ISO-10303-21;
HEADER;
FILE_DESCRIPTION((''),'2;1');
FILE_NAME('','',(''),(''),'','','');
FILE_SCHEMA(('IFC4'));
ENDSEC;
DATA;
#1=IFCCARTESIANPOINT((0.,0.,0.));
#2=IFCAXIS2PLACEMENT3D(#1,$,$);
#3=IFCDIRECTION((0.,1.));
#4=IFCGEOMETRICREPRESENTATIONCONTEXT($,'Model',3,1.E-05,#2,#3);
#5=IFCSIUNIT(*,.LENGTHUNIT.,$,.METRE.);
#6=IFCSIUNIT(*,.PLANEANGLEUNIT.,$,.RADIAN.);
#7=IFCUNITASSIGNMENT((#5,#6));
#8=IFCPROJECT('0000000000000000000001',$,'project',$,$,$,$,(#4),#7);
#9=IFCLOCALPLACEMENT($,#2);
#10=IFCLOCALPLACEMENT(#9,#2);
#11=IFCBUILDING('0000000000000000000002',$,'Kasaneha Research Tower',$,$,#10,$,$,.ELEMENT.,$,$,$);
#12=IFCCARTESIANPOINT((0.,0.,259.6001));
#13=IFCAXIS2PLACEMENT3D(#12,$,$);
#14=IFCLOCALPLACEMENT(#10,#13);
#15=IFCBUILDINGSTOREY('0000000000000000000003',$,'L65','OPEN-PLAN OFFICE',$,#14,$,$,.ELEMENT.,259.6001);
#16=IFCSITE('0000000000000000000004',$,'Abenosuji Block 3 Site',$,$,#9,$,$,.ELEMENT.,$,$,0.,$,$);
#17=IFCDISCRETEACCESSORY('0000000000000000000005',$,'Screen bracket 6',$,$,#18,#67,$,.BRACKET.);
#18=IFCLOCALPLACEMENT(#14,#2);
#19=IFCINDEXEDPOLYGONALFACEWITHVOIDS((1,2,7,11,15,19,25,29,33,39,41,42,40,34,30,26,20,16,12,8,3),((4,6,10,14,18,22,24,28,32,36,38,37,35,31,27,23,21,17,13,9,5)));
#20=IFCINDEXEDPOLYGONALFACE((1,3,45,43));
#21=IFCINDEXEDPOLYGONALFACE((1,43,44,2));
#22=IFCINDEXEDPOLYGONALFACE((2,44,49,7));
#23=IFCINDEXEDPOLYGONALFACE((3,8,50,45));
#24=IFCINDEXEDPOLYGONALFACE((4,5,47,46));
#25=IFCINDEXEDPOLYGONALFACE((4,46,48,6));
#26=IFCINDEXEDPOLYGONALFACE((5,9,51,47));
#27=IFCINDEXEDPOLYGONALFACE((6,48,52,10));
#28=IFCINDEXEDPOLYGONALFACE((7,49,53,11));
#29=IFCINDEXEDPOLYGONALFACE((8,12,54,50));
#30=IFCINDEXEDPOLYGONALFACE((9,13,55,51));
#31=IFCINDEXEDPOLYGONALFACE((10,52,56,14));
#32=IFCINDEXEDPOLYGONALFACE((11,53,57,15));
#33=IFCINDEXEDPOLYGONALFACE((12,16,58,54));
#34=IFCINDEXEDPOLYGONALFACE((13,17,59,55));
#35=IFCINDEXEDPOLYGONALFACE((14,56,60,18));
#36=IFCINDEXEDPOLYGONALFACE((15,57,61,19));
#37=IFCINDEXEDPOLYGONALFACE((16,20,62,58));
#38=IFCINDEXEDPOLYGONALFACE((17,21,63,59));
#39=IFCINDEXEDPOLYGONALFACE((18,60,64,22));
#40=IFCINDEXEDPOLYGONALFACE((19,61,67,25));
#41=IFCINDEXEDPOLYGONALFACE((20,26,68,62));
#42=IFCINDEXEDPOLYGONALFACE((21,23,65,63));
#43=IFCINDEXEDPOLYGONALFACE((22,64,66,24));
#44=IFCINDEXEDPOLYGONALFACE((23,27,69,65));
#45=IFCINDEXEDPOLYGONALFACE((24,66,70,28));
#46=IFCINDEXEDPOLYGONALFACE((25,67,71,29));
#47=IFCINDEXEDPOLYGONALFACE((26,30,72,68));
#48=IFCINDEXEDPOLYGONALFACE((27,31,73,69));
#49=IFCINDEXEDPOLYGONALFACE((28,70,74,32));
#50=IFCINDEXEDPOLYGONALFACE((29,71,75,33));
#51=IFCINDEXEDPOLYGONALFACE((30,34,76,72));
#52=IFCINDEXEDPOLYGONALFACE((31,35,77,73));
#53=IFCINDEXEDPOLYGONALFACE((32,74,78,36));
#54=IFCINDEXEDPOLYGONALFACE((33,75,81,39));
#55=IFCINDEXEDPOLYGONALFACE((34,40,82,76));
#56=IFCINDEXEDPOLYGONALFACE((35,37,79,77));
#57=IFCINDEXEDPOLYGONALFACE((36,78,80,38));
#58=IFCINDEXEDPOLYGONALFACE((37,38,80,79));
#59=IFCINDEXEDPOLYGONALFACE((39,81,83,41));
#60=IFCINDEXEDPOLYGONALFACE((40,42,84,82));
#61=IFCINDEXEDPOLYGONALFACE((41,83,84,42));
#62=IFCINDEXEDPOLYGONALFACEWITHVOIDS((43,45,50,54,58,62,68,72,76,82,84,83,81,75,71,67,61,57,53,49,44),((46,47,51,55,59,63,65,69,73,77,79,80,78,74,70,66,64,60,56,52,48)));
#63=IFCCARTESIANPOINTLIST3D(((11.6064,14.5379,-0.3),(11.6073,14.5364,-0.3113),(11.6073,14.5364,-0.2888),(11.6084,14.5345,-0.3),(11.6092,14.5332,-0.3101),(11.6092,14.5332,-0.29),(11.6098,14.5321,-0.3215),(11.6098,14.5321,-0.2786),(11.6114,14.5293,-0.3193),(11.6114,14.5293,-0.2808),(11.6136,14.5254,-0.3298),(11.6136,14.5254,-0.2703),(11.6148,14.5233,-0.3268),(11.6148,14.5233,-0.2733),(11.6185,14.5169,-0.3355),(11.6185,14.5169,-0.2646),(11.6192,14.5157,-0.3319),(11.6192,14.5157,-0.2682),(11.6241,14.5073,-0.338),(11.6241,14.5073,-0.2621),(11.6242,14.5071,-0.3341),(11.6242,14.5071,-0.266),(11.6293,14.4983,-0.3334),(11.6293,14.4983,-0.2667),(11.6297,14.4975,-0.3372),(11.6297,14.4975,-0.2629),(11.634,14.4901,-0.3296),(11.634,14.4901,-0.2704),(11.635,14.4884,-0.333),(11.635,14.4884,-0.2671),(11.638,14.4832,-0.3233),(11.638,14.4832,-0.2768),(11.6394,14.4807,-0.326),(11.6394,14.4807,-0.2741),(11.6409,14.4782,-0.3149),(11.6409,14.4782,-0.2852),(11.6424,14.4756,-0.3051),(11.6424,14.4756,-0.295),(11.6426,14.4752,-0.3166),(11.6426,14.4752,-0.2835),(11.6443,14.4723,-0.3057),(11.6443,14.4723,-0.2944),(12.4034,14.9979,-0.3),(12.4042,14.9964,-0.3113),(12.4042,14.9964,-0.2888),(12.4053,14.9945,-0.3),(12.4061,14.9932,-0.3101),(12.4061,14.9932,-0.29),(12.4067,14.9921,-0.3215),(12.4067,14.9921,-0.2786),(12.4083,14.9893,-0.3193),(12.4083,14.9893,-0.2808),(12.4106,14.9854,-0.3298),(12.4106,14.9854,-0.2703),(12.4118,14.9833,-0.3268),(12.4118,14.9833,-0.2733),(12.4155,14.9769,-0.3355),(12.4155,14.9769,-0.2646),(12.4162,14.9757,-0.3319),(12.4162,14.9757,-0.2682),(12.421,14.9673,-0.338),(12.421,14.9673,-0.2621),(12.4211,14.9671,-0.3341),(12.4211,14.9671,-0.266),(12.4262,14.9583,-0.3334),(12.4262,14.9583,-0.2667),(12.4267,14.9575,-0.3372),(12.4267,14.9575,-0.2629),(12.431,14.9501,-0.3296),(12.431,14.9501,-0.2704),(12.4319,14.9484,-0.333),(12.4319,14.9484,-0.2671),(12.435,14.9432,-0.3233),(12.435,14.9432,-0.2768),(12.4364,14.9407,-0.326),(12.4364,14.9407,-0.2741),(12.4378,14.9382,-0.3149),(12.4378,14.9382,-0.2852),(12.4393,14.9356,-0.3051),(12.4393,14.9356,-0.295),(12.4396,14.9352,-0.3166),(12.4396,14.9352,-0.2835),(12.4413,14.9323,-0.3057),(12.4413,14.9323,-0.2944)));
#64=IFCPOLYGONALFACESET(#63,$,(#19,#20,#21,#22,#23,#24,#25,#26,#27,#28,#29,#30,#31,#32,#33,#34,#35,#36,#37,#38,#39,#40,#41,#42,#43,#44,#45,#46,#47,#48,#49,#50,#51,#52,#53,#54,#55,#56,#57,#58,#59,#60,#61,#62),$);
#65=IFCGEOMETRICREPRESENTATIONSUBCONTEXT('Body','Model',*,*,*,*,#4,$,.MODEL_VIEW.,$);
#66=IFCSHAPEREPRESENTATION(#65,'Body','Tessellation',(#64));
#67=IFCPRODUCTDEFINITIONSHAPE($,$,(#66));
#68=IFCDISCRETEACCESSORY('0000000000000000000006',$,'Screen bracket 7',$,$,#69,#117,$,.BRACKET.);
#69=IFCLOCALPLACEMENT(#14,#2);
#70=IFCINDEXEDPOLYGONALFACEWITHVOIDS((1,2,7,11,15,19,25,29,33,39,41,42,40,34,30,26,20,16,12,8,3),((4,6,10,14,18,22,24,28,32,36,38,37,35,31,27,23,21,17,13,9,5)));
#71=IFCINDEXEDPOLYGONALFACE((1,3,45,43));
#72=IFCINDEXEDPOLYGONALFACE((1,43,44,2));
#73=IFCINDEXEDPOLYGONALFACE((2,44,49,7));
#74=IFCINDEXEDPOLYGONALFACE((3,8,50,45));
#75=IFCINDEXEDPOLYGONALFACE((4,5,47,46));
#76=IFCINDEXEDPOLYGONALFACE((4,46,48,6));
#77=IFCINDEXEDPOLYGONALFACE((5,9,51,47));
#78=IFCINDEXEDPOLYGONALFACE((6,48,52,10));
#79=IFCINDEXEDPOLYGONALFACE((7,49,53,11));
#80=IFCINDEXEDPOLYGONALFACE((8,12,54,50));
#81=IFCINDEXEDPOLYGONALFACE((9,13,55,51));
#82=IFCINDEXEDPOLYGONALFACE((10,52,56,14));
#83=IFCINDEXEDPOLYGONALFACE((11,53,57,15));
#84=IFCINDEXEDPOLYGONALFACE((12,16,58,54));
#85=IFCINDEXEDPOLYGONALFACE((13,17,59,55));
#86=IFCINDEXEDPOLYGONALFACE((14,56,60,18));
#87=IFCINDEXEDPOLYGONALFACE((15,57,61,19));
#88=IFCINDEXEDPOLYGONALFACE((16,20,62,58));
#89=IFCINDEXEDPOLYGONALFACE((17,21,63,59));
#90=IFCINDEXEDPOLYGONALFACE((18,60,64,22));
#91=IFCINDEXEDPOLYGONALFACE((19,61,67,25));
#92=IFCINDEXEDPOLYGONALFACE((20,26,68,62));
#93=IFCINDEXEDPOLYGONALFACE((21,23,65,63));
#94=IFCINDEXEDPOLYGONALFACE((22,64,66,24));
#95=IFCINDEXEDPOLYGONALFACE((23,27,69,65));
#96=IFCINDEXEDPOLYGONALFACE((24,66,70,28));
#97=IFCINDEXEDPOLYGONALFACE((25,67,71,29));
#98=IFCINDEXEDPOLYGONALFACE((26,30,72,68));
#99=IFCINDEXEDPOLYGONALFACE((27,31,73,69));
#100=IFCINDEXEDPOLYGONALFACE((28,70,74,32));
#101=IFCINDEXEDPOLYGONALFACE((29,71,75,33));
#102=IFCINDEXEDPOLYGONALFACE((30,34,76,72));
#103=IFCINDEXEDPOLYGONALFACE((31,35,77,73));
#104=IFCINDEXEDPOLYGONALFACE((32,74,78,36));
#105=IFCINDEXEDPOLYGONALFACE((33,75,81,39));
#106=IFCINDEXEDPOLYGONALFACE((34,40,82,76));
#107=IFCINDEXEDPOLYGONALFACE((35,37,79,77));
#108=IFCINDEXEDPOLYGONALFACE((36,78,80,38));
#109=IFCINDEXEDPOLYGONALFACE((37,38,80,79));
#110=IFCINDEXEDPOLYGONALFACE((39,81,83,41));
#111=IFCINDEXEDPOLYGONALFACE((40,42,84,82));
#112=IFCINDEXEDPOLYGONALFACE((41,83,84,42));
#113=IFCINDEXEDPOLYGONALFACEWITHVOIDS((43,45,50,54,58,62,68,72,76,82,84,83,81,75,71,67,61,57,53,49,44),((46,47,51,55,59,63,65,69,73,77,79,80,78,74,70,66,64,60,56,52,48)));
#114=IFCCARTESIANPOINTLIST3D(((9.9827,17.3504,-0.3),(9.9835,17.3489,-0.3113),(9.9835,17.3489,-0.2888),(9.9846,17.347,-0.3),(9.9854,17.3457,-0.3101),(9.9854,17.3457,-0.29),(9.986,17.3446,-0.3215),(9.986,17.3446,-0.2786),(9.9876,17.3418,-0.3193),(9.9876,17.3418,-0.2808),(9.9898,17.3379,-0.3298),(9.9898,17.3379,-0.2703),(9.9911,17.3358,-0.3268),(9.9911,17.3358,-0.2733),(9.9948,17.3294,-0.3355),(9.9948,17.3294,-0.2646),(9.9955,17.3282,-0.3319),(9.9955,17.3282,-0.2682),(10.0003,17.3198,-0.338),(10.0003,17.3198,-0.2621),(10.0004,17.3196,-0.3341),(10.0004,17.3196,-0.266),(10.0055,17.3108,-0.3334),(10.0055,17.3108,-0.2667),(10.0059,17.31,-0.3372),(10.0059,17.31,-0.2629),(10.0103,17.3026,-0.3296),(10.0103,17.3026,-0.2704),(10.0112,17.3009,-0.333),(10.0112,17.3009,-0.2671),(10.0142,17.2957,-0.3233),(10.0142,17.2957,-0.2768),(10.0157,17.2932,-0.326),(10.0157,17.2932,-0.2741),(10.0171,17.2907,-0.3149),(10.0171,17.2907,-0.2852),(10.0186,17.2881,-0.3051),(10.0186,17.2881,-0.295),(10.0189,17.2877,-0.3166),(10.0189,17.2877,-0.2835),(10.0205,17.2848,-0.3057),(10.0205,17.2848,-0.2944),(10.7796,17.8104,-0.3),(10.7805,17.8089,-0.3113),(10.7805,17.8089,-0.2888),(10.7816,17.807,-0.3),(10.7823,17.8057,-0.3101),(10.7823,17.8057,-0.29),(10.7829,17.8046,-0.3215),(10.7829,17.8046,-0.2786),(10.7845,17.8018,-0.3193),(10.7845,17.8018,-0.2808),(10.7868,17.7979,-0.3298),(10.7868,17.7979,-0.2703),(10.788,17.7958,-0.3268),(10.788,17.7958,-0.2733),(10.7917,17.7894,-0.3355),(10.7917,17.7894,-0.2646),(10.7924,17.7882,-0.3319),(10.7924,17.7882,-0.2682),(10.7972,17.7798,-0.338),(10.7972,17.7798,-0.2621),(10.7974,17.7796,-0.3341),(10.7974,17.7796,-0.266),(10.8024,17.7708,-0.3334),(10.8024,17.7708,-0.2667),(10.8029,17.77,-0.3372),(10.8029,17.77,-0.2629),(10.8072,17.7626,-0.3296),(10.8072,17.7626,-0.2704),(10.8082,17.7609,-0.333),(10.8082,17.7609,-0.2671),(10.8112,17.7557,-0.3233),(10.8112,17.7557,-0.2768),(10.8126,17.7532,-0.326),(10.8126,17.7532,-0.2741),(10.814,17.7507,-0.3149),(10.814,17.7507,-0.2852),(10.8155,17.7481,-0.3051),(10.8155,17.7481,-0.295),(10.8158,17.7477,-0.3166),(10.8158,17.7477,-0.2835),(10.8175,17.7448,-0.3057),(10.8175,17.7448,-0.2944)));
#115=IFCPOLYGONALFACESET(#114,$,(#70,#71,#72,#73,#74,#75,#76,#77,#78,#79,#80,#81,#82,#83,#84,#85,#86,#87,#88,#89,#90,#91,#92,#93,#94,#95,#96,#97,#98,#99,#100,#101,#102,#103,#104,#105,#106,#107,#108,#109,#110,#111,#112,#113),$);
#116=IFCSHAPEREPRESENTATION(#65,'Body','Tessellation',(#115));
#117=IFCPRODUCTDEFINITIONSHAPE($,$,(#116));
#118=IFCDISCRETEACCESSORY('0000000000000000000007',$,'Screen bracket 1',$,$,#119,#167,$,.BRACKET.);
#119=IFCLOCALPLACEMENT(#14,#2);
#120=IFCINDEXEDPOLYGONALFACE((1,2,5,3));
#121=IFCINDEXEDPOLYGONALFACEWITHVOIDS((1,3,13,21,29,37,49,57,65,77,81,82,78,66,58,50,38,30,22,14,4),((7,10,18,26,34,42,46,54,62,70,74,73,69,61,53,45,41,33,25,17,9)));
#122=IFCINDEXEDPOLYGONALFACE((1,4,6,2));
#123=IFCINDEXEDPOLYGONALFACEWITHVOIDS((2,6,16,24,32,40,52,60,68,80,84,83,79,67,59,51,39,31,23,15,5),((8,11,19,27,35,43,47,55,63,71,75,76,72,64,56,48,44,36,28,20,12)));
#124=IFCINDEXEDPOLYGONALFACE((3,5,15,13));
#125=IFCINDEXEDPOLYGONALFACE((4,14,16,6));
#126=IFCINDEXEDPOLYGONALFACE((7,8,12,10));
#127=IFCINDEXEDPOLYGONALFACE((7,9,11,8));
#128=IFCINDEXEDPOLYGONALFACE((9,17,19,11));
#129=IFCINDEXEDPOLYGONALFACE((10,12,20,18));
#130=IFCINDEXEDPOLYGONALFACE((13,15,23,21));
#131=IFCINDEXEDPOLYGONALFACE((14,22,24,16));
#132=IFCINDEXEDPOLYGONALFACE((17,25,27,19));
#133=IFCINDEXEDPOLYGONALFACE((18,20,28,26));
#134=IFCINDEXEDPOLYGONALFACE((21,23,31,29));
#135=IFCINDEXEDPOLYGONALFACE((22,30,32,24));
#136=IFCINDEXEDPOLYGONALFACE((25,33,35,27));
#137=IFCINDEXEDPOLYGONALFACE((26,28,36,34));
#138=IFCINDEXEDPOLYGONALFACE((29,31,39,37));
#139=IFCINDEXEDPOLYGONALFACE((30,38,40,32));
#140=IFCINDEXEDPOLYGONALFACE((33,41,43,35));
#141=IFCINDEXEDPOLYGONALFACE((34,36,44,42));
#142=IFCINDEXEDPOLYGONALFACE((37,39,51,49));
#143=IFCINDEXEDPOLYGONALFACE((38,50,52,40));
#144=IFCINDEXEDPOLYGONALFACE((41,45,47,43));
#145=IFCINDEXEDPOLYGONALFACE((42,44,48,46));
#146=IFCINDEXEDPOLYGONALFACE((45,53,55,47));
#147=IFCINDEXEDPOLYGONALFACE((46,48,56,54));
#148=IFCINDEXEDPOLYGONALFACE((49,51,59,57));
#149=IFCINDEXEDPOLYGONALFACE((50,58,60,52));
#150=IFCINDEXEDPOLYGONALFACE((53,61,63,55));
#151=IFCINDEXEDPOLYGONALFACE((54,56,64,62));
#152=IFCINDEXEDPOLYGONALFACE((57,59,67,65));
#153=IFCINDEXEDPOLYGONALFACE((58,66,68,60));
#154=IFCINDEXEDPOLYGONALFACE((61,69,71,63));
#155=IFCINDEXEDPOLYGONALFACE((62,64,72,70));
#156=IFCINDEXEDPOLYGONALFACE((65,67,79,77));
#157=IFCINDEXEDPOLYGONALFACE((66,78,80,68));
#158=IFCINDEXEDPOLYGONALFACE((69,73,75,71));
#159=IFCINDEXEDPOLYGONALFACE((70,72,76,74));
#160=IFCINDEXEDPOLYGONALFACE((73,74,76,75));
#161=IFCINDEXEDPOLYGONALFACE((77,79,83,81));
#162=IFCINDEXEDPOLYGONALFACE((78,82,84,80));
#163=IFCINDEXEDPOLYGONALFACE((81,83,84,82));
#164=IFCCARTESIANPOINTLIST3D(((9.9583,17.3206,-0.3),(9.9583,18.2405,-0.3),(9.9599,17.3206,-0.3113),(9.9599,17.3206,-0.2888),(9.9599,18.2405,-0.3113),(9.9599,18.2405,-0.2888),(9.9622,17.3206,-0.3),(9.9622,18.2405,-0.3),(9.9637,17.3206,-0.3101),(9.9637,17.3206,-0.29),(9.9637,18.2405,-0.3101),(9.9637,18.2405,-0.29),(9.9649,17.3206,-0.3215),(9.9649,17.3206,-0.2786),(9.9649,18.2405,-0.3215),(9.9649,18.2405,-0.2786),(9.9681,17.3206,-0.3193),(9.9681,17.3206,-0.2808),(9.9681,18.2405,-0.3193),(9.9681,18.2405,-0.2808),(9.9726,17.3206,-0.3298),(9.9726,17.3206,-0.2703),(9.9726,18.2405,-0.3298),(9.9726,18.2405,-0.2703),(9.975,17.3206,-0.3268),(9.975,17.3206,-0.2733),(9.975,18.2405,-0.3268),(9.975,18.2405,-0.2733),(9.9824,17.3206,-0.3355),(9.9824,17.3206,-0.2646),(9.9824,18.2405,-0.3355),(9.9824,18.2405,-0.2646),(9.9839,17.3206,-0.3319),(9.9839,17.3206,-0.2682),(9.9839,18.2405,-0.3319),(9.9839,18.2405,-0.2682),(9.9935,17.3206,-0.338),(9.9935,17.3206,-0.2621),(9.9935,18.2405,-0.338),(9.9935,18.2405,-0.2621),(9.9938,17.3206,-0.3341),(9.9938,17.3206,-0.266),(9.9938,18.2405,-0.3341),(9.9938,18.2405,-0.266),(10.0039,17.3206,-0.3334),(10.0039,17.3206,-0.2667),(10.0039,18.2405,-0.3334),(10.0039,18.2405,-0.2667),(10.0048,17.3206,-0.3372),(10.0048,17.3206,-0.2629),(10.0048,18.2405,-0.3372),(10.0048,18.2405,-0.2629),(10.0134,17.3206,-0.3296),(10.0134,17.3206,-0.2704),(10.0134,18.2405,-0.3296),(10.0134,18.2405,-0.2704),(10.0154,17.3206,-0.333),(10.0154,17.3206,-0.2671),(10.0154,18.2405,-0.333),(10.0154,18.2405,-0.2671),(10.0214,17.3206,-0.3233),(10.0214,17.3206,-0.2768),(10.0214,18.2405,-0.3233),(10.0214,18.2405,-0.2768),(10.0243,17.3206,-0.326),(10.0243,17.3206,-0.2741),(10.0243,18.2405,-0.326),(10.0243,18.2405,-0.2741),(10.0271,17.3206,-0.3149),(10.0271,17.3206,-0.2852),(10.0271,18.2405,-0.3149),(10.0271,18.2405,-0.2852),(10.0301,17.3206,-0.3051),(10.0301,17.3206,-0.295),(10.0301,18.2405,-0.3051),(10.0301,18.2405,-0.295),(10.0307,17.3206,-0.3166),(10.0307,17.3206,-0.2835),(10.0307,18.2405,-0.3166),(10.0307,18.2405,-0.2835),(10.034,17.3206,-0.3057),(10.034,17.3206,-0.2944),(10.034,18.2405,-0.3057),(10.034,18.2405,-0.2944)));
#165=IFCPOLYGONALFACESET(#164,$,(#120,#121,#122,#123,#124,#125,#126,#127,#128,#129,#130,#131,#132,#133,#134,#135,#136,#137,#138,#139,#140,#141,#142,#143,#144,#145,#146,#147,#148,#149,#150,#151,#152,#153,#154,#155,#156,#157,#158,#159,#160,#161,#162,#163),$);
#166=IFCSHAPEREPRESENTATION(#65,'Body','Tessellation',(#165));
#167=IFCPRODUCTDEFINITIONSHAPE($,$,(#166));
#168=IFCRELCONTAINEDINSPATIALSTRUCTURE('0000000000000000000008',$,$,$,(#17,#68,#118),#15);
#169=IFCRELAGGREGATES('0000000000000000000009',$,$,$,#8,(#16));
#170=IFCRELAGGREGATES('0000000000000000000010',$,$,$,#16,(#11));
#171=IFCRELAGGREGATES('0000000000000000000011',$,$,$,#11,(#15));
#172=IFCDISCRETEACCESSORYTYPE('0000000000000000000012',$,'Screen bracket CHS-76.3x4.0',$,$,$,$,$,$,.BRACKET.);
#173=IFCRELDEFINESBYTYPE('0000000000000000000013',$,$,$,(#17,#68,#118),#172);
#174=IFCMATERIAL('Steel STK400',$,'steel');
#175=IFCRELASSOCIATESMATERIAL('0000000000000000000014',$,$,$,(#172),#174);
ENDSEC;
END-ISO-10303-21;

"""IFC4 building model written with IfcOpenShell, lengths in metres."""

from ifc_helpers import new_model, si_unit, direction, frame, origin, origin_2d, place, context, subcontext, project, spatial, hollow_circle, extrude, material, material_profile, profile_set, type_object, element, save


model = new_model("IFC4")

# Units and contexts
model_context = context("Model", 3, precision=1e-05, world=origin(), true_north=direction((0.0, 1.0)))
body_context = subcontext(model_context, "Body", "Model", "MODEL_VIEW")
ifc_project = project(units=[si_unit("LENGTHUNIT", "METRE"), si_unit("PLANEANGLEUNIT", "RADIAN")], contexts=[model_context])

# Site, building, storey
site_placement = place(None, origin())
site = spatial("IfcSite", under=ifc_project, at=site_placement, Name="Abenosuji Block 3 Site", CompositionType="ELEMENT", RefElevation=0.0)
building_placement = place(site_placement, origin())
building = spatial("IfcBuilding", under=site, at=building_placement, Name="Kasaneha Research Tower", CompositionType="ELEMENT")
storey_placement = place(building_placement, frame((0.0, 0.0, 259.6001)))
storey = spatial("IfcBuildingStorey", under=building, at=storey_placement, Name="L65", Description="OPEN-PLAN OFFICE", CompositionType="ELEMENT", Elevation=259.6001)

# Discrete accessories
ifc_material_1 = material(Name="Steel STK400", Category="steel")
ifc_material_profile_1 = material_profile(ifc_material_1, hollow_circle(Radius=0.0381, WallThickness=0.0039, at=origin_2d()), Name="CHS-76.3x4.0")
ifc_profile_set_1 = profile_set([ifc_material_profile_1], Name="Steel STK400")
discrete_accessory_type = type_object("IfcDiscreteAccessoryType", Name="Screen bracket CHS-76.3x4.0", PredefinedType="BRACKET", material=ifc_profile_set_1)
for number, where, z_axis, x_axis, name in (
    (1, (11.6255, 14.5049, -0.3), (0.86608, 0.499906, 0.0), (-0.499906, 0.86608, 0.0), "Screen bracket 6"),
    (2, (10.0017, 17.3174, -0.3), (0.86608, 0.499906, 0.0), (-0.499906, 0.86608, 0.0), "Screen bracket 7"),
):
    element("IfcDiscreteAccessory", number, at=place(storey_placement, frame(where, z_axis=z_axis, x_axis=x_axis)), inside=storey, type_object=discrete_accessory_type, Name=name, PredefinedType="BRACKET", context=body_context, shape_type="SweptSolid", body=[
        extrude(hollow_circle(Radius=0.0381, WallThickness=0.0039, at=origin_2d()), origin(), (0.0, 0.0, 1.0), 0.9202),
    ])
for number, where, z_axis, x_axis, name in (
    (3, (9.9963, 17.3206, -0.3), (0.0, 1.0, 0.0), (-1.0, 0.0, 0.0), "Screen bracket 1"),
):
    element("IfcDiscreteAccessory", number, at=place(storey_placement, frame(where, z_axis=z_axis, x_axis=x_axis)), inside=storey, type_object=discrete_accessory_type, Name=name, PredefinedType="BRACKET", context=body_context, shape_type="SweptSolid", body=[
        extrude(hollow_circle(Radius=0.0381, WallThickness=0.0039, at=origin_2d()), origin(), (0.0, 0.0, 1.0), 0.9199),
    ])

save(model, "model.ifc")
